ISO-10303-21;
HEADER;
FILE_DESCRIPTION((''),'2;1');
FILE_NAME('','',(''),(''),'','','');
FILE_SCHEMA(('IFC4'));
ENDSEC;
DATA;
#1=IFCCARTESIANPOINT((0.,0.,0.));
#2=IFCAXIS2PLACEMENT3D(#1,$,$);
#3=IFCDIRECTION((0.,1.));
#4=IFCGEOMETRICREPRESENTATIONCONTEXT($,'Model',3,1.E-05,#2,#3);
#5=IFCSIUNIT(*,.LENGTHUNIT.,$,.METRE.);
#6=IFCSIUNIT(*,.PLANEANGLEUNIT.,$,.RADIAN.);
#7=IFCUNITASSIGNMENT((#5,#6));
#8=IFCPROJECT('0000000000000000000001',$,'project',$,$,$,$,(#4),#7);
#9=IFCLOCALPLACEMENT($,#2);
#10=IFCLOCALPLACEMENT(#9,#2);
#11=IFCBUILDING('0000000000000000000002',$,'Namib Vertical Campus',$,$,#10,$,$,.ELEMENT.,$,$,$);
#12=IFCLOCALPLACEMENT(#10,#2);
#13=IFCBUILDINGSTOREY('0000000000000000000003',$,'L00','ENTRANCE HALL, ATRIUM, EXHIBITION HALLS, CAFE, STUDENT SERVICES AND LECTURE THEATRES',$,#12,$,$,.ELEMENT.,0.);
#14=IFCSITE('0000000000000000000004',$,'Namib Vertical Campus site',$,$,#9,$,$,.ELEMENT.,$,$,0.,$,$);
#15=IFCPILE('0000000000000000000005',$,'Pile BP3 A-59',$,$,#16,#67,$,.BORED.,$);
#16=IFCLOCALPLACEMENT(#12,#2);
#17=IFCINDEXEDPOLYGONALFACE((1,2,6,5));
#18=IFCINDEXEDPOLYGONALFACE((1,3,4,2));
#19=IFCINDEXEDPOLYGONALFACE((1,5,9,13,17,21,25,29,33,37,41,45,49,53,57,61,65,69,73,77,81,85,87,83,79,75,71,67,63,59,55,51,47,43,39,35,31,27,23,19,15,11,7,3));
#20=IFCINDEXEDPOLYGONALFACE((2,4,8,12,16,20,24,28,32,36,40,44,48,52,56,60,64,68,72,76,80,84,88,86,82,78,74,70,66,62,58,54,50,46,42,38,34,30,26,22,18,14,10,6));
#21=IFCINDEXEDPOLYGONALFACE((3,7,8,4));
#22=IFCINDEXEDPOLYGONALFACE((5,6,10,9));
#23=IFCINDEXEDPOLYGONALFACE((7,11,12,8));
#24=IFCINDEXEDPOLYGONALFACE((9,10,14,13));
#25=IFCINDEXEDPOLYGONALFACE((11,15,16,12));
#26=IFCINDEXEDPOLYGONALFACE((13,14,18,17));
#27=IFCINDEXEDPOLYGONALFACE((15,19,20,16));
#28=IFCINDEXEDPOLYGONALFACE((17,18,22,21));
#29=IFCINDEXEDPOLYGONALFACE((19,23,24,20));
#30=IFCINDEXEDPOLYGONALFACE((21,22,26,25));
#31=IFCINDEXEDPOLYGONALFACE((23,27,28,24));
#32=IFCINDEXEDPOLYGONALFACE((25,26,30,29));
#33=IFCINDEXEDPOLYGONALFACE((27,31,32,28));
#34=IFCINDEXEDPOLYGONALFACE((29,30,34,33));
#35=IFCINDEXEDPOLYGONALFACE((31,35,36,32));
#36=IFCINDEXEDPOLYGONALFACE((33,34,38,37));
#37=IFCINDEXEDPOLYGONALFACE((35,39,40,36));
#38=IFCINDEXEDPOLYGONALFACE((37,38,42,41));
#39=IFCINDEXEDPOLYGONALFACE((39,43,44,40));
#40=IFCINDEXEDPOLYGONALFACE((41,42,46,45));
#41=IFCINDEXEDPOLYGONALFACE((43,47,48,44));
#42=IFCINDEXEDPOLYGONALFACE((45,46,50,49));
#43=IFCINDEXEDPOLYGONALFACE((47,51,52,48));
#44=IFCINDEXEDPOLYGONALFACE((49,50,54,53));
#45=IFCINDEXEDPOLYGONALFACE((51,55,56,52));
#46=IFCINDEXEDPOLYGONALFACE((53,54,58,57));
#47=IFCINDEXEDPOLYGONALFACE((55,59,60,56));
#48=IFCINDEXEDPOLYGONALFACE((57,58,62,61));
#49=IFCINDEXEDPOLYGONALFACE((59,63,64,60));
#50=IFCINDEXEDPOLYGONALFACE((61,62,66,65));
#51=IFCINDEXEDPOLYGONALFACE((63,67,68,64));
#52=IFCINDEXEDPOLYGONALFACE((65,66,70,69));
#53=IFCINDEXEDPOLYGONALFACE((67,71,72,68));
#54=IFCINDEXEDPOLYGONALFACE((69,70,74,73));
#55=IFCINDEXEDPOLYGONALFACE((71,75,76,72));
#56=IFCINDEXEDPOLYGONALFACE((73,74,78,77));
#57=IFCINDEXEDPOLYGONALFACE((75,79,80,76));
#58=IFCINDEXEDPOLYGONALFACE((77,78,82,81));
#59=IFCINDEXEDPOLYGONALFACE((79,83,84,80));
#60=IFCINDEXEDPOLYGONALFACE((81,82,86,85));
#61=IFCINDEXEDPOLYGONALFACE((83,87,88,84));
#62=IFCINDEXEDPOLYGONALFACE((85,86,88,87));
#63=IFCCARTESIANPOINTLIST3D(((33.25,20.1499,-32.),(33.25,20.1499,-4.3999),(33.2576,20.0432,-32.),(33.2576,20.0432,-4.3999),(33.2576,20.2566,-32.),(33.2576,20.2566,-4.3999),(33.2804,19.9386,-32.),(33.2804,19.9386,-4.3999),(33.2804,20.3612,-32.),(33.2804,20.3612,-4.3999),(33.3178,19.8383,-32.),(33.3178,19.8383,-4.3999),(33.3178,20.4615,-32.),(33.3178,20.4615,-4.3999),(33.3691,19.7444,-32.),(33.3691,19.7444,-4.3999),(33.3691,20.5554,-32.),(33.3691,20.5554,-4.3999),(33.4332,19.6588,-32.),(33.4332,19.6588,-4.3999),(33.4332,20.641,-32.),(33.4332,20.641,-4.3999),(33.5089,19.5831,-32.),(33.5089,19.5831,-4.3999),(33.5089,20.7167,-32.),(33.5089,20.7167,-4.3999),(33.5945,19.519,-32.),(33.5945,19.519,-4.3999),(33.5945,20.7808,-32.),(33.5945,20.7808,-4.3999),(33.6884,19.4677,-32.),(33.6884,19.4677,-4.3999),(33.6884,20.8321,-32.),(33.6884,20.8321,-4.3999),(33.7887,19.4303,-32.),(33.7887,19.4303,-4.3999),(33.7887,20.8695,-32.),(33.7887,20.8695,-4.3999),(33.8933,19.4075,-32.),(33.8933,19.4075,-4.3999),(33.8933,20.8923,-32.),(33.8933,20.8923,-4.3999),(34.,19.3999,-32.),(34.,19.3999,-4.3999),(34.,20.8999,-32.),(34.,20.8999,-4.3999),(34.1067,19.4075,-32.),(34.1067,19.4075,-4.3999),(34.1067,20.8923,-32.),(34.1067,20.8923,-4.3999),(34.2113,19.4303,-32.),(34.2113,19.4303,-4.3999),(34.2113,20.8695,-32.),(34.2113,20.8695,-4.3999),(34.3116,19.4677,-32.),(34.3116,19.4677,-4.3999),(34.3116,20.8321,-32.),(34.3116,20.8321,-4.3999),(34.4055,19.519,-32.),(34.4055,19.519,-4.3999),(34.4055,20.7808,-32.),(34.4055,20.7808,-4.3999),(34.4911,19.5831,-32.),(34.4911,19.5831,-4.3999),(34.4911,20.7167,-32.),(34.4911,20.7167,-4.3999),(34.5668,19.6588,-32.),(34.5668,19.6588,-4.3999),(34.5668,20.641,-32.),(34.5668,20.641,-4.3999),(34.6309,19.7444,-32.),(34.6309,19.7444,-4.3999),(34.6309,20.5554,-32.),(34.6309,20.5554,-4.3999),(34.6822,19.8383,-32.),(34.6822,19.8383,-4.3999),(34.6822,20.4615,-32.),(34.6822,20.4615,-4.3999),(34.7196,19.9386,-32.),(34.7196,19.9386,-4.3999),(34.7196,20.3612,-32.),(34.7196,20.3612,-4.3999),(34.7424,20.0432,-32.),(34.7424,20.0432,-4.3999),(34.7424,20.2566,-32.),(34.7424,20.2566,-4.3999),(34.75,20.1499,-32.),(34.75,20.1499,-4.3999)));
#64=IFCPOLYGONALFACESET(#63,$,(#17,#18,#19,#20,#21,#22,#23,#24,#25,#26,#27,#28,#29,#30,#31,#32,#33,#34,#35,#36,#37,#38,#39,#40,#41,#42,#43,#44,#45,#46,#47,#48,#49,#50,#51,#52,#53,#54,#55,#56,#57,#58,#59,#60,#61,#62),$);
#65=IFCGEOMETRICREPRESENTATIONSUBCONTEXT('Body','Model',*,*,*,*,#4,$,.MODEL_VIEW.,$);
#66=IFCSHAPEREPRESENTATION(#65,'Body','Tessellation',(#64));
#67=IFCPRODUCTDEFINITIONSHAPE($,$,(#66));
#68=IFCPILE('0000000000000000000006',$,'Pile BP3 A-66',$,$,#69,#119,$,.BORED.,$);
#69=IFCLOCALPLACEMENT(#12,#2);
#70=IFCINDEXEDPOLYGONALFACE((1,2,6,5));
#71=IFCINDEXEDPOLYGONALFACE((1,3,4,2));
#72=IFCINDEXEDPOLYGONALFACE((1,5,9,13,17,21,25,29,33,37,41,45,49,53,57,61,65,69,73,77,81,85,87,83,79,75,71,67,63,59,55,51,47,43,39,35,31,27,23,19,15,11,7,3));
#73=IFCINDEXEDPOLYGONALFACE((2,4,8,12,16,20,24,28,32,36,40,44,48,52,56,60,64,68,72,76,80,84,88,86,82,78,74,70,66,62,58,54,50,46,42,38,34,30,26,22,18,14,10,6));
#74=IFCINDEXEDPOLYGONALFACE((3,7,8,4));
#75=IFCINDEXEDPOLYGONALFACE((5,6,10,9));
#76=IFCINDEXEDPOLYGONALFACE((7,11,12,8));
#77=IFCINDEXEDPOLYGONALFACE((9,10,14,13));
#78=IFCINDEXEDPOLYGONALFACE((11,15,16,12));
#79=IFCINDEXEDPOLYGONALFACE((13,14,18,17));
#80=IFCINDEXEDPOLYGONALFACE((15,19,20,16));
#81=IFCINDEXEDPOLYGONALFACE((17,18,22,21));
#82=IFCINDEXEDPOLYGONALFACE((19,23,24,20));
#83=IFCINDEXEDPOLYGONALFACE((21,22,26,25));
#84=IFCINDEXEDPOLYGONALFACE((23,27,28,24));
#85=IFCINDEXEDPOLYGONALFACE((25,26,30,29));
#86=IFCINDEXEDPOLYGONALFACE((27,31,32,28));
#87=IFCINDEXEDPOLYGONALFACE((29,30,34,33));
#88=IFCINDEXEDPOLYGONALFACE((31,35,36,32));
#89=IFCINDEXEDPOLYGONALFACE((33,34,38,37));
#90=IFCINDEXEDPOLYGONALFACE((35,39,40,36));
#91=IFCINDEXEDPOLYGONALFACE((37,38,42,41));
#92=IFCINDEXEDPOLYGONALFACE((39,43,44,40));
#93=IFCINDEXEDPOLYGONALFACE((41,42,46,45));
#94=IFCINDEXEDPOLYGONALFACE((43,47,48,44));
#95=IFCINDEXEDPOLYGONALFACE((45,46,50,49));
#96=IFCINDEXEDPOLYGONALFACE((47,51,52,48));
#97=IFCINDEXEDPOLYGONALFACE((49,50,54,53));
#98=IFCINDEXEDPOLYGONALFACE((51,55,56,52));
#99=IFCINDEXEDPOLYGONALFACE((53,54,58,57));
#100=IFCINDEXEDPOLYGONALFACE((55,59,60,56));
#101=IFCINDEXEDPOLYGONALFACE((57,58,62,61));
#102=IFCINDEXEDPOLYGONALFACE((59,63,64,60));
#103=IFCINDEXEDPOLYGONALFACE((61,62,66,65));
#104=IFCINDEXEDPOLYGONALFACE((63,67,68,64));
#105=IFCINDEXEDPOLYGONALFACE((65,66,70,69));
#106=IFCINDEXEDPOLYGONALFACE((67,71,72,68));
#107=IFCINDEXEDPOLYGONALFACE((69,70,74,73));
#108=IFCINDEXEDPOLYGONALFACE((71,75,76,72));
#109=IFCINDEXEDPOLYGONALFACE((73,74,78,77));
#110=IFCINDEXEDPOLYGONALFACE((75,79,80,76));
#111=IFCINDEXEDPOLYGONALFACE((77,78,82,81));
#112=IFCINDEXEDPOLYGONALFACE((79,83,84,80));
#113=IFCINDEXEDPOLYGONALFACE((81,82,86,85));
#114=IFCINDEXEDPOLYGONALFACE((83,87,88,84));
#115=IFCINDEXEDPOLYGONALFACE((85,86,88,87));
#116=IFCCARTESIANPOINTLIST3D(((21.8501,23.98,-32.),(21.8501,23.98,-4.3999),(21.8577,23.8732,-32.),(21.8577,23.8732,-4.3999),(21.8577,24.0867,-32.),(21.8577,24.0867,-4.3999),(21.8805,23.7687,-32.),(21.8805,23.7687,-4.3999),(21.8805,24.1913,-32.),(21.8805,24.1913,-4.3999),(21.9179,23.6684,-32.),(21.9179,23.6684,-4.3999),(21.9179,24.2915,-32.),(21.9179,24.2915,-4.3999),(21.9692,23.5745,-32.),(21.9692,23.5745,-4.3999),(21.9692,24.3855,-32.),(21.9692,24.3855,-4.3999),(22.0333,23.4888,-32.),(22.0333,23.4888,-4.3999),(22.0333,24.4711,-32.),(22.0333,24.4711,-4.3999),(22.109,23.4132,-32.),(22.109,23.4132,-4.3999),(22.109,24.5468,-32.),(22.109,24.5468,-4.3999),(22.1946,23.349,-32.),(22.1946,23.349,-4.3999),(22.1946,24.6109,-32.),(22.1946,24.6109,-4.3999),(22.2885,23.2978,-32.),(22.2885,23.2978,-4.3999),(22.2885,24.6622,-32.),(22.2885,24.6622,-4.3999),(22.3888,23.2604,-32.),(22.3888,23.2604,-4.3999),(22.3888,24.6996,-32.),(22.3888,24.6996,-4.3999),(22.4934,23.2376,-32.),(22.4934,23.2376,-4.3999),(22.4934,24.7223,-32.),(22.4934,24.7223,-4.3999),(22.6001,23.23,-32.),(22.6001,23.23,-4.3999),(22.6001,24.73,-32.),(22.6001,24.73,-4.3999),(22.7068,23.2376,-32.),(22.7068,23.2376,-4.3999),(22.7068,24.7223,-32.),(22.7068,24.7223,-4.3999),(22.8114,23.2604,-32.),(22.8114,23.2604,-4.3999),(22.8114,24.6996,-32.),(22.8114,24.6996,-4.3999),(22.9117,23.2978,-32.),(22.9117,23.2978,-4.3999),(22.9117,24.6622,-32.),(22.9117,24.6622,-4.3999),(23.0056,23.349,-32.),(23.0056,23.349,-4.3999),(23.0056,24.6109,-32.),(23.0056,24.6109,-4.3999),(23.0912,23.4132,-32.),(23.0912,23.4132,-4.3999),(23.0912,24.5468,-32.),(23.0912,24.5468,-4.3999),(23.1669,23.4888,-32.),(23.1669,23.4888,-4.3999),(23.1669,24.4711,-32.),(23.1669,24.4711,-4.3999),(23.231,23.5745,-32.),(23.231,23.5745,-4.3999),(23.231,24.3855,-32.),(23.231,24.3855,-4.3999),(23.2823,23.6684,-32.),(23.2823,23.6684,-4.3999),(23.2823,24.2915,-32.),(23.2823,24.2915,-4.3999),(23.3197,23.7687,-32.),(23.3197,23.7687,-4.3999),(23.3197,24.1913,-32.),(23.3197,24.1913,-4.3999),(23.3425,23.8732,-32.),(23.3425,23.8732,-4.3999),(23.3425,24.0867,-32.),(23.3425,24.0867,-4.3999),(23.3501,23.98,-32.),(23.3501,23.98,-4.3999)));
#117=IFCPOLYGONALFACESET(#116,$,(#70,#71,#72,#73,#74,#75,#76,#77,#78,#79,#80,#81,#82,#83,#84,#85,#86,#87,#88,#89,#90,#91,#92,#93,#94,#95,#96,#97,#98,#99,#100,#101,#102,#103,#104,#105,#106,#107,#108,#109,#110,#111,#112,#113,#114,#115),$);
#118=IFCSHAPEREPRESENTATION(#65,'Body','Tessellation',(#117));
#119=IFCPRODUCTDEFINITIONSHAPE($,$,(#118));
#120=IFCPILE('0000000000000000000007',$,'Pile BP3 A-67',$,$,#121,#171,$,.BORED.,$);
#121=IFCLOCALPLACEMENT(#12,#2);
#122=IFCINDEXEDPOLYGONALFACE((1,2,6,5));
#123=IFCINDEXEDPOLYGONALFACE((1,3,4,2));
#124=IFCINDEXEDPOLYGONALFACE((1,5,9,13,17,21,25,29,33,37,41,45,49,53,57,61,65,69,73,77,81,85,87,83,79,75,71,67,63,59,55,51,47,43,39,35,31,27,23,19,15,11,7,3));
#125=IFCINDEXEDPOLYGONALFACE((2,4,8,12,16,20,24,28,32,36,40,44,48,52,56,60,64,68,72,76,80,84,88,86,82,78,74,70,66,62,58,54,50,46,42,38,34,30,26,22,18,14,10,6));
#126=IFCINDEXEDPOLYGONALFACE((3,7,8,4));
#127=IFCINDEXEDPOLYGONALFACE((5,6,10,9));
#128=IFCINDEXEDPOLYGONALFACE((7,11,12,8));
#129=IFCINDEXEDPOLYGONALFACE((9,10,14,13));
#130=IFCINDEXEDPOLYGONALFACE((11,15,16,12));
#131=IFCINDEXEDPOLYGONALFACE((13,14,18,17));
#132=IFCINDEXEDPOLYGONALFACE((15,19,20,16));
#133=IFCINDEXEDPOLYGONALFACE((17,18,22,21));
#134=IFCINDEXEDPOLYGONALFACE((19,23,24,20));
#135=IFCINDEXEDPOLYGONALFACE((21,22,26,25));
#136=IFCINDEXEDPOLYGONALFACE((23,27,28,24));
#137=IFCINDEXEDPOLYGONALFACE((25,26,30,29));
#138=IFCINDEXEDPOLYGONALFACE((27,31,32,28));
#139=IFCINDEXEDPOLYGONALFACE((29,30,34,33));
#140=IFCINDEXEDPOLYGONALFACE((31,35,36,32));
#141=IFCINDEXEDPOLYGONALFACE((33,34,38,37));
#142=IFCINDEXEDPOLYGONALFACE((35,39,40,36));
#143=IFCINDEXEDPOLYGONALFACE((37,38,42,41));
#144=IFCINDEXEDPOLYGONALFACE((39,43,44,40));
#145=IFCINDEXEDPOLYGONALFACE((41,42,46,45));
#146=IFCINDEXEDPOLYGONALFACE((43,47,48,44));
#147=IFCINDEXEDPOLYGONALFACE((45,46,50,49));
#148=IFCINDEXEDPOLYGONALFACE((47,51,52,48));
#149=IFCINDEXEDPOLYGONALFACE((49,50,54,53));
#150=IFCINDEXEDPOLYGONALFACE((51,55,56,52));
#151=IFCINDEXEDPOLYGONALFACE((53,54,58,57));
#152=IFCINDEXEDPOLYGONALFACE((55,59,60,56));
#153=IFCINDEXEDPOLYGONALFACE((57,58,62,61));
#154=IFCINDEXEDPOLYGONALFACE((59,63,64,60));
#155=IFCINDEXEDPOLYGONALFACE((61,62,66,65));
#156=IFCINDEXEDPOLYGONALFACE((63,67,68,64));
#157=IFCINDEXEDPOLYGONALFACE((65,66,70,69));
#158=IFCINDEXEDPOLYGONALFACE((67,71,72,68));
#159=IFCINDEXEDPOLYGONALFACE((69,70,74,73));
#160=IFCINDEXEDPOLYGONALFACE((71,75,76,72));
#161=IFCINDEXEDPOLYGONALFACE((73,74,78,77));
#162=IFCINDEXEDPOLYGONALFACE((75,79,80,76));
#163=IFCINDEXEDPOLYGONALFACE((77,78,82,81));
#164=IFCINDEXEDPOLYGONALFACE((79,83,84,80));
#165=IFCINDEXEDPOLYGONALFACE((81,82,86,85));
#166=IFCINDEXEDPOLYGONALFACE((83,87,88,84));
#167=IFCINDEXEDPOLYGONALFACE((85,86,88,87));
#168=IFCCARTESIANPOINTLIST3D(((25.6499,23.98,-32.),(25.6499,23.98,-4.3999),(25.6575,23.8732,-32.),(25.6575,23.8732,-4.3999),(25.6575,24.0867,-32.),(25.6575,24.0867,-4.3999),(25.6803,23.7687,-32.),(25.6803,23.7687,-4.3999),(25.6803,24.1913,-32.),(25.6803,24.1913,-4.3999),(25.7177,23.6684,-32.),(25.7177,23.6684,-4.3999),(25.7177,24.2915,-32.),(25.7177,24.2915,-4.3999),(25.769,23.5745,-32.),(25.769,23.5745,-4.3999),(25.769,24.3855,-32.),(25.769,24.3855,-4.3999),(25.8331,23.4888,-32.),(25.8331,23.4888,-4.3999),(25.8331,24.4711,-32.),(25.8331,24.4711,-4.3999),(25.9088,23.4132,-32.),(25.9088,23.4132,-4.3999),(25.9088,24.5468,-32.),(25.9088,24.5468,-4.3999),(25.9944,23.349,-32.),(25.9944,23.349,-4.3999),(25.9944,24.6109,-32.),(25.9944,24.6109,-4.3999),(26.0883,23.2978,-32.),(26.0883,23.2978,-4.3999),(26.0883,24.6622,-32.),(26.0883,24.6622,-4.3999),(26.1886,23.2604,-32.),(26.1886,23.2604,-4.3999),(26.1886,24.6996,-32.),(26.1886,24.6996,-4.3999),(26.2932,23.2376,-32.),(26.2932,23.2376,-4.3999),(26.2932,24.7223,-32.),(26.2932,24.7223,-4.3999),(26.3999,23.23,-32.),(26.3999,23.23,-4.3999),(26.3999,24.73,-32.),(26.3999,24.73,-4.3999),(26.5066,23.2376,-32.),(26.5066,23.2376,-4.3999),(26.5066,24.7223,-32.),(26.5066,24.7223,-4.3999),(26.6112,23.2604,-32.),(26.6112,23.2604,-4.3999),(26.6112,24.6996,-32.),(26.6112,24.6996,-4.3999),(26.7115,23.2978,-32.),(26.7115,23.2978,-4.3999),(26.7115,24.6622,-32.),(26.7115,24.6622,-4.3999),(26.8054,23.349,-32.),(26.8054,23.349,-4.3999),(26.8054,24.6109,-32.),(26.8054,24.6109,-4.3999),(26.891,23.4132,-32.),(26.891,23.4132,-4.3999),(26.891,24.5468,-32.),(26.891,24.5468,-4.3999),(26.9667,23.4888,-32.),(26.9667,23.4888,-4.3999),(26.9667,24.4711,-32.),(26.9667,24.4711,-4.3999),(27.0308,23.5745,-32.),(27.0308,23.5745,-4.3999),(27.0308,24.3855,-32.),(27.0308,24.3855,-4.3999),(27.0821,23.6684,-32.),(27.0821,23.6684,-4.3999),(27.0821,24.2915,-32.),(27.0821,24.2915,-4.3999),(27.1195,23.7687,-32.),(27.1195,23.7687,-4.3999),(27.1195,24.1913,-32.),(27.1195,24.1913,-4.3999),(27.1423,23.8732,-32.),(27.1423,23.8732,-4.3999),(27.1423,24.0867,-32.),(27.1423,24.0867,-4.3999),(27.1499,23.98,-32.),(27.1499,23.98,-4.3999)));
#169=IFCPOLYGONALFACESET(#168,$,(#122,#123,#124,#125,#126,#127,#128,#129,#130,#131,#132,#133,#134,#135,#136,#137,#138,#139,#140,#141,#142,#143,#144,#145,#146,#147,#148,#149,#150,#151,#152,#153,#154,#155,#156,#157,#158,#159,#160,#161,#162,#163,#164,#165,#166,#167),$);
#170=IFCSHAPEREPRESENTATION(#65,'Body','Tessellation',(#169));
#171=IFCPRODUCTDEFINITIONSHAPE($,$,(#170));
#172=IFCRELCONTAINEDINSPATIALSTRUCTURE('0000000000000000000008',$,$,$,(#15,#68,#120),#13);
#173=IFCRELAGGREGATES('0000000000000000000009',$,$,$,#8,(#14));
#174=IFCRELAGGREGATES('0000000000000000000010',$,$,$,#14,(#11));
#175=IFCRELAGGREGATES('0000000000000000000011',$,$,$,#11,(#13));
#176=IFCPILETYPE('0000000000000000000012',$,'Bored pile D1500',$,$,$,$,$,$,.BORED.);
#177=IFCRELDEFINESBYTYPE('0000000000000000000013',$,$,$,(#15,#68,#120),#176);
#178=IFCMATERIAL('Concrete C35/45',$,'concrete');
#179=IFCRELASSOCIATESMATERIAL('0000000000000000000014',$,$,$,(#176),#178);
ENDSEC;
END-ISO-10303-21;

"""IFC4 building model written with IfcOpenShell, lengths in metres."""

from ifc_helpers import new_model, si_unit, direction, frame, origin, origin_2d, place, context, subcontext, project, spatial, circle, extrude, material, material_profile, profile_set, type_object, element, save


model = new_model("IFC4")

# Units and contexts
model_context = context("Model", 3, precision=1e-05, world=origin(), true_north=direction((0.0, 1.0)))
body_context = subcontext(model_context, "Body", "Model", "MODEL_VIEW")
ifc_project = project(units=[si_unit("LENGTHUNIT", "METRE"), si_unit("PLANEANGLEUNIT", "RADIAN")], contexts=[model_context])

# Site, building, storey
site_placement = place(None, origin())
site = spatial("IfcSite", under=ifc_project, at=site_placement, Name="Namib Vertical Campus site", CompositionType="ELEMENT", RefElevation=0.0)
building_placement = place(site_placement, origin())
building = spatial("IfcBuilding", under=site, at=building_placement, Name="Namib Vertical Campus", CompositionType="ELEMENT")
storey_placement = place(building_placement, origin())
storey = spatial("IfcBuildingStorey", under=building, at=storey_placement, Name="L00", Description="ENTRANCE HALL, ATRIUM, EXHIBITION HALLS, CAFE, STUDENT SERVICES AND LECTURE THEATRES", CompositionType="ELEMENT", Elevation=0.0)

# Piles
ifc_material_1 = material(Name="Concrete C35/45", Category="concrete")
ifc_material_profile_1 = material_profile(ifc_material_1, circle(Radius=0.75, at=origin_2d()))
ifc_profile_set_1 = profile_set([ifc_material_profile_1], Name="Concrete C35/45")
pile_type = type_object("IfcPileType", Name="Bored pile D1500", PredefinedType="BORED", material=ifc_profile_set_1)
for number, where, z_axis, x_axis, name in (
    (1, (34.0, 20.1499, -4.3999), (0.0, 0.0, -1.0), (1.0, 0.0, 0.0), "Pile BP3 A-59"),
    (2, (22.6001, 23.98, -4.3999), (0.0, 0.0, -1.0), (1.0, 0.0, 0.0), "Pile BP3 A-66"),
    (3, (26.3999, 23.98, -4.3999), (0.0, 0.0, -1.0), (1.0, 0.0, 0.0), "Pile BP3 A-67"),
):
    element("IfcPile", number, at=place(storey_placement, frame(where, z_axis=z_axis, x_axis=x_axis)), inside=storey, type_object=pile_type, Name=name, PredefinedType="BORED", context=body_context, shape_type="SweptSolid", body=[
        extrude(circle(Radius=0.75, at=origin_2d()), origin(), (0.0, 0.0, 1.0), 27.6001),
    ])

save(model, "model.ifc")
